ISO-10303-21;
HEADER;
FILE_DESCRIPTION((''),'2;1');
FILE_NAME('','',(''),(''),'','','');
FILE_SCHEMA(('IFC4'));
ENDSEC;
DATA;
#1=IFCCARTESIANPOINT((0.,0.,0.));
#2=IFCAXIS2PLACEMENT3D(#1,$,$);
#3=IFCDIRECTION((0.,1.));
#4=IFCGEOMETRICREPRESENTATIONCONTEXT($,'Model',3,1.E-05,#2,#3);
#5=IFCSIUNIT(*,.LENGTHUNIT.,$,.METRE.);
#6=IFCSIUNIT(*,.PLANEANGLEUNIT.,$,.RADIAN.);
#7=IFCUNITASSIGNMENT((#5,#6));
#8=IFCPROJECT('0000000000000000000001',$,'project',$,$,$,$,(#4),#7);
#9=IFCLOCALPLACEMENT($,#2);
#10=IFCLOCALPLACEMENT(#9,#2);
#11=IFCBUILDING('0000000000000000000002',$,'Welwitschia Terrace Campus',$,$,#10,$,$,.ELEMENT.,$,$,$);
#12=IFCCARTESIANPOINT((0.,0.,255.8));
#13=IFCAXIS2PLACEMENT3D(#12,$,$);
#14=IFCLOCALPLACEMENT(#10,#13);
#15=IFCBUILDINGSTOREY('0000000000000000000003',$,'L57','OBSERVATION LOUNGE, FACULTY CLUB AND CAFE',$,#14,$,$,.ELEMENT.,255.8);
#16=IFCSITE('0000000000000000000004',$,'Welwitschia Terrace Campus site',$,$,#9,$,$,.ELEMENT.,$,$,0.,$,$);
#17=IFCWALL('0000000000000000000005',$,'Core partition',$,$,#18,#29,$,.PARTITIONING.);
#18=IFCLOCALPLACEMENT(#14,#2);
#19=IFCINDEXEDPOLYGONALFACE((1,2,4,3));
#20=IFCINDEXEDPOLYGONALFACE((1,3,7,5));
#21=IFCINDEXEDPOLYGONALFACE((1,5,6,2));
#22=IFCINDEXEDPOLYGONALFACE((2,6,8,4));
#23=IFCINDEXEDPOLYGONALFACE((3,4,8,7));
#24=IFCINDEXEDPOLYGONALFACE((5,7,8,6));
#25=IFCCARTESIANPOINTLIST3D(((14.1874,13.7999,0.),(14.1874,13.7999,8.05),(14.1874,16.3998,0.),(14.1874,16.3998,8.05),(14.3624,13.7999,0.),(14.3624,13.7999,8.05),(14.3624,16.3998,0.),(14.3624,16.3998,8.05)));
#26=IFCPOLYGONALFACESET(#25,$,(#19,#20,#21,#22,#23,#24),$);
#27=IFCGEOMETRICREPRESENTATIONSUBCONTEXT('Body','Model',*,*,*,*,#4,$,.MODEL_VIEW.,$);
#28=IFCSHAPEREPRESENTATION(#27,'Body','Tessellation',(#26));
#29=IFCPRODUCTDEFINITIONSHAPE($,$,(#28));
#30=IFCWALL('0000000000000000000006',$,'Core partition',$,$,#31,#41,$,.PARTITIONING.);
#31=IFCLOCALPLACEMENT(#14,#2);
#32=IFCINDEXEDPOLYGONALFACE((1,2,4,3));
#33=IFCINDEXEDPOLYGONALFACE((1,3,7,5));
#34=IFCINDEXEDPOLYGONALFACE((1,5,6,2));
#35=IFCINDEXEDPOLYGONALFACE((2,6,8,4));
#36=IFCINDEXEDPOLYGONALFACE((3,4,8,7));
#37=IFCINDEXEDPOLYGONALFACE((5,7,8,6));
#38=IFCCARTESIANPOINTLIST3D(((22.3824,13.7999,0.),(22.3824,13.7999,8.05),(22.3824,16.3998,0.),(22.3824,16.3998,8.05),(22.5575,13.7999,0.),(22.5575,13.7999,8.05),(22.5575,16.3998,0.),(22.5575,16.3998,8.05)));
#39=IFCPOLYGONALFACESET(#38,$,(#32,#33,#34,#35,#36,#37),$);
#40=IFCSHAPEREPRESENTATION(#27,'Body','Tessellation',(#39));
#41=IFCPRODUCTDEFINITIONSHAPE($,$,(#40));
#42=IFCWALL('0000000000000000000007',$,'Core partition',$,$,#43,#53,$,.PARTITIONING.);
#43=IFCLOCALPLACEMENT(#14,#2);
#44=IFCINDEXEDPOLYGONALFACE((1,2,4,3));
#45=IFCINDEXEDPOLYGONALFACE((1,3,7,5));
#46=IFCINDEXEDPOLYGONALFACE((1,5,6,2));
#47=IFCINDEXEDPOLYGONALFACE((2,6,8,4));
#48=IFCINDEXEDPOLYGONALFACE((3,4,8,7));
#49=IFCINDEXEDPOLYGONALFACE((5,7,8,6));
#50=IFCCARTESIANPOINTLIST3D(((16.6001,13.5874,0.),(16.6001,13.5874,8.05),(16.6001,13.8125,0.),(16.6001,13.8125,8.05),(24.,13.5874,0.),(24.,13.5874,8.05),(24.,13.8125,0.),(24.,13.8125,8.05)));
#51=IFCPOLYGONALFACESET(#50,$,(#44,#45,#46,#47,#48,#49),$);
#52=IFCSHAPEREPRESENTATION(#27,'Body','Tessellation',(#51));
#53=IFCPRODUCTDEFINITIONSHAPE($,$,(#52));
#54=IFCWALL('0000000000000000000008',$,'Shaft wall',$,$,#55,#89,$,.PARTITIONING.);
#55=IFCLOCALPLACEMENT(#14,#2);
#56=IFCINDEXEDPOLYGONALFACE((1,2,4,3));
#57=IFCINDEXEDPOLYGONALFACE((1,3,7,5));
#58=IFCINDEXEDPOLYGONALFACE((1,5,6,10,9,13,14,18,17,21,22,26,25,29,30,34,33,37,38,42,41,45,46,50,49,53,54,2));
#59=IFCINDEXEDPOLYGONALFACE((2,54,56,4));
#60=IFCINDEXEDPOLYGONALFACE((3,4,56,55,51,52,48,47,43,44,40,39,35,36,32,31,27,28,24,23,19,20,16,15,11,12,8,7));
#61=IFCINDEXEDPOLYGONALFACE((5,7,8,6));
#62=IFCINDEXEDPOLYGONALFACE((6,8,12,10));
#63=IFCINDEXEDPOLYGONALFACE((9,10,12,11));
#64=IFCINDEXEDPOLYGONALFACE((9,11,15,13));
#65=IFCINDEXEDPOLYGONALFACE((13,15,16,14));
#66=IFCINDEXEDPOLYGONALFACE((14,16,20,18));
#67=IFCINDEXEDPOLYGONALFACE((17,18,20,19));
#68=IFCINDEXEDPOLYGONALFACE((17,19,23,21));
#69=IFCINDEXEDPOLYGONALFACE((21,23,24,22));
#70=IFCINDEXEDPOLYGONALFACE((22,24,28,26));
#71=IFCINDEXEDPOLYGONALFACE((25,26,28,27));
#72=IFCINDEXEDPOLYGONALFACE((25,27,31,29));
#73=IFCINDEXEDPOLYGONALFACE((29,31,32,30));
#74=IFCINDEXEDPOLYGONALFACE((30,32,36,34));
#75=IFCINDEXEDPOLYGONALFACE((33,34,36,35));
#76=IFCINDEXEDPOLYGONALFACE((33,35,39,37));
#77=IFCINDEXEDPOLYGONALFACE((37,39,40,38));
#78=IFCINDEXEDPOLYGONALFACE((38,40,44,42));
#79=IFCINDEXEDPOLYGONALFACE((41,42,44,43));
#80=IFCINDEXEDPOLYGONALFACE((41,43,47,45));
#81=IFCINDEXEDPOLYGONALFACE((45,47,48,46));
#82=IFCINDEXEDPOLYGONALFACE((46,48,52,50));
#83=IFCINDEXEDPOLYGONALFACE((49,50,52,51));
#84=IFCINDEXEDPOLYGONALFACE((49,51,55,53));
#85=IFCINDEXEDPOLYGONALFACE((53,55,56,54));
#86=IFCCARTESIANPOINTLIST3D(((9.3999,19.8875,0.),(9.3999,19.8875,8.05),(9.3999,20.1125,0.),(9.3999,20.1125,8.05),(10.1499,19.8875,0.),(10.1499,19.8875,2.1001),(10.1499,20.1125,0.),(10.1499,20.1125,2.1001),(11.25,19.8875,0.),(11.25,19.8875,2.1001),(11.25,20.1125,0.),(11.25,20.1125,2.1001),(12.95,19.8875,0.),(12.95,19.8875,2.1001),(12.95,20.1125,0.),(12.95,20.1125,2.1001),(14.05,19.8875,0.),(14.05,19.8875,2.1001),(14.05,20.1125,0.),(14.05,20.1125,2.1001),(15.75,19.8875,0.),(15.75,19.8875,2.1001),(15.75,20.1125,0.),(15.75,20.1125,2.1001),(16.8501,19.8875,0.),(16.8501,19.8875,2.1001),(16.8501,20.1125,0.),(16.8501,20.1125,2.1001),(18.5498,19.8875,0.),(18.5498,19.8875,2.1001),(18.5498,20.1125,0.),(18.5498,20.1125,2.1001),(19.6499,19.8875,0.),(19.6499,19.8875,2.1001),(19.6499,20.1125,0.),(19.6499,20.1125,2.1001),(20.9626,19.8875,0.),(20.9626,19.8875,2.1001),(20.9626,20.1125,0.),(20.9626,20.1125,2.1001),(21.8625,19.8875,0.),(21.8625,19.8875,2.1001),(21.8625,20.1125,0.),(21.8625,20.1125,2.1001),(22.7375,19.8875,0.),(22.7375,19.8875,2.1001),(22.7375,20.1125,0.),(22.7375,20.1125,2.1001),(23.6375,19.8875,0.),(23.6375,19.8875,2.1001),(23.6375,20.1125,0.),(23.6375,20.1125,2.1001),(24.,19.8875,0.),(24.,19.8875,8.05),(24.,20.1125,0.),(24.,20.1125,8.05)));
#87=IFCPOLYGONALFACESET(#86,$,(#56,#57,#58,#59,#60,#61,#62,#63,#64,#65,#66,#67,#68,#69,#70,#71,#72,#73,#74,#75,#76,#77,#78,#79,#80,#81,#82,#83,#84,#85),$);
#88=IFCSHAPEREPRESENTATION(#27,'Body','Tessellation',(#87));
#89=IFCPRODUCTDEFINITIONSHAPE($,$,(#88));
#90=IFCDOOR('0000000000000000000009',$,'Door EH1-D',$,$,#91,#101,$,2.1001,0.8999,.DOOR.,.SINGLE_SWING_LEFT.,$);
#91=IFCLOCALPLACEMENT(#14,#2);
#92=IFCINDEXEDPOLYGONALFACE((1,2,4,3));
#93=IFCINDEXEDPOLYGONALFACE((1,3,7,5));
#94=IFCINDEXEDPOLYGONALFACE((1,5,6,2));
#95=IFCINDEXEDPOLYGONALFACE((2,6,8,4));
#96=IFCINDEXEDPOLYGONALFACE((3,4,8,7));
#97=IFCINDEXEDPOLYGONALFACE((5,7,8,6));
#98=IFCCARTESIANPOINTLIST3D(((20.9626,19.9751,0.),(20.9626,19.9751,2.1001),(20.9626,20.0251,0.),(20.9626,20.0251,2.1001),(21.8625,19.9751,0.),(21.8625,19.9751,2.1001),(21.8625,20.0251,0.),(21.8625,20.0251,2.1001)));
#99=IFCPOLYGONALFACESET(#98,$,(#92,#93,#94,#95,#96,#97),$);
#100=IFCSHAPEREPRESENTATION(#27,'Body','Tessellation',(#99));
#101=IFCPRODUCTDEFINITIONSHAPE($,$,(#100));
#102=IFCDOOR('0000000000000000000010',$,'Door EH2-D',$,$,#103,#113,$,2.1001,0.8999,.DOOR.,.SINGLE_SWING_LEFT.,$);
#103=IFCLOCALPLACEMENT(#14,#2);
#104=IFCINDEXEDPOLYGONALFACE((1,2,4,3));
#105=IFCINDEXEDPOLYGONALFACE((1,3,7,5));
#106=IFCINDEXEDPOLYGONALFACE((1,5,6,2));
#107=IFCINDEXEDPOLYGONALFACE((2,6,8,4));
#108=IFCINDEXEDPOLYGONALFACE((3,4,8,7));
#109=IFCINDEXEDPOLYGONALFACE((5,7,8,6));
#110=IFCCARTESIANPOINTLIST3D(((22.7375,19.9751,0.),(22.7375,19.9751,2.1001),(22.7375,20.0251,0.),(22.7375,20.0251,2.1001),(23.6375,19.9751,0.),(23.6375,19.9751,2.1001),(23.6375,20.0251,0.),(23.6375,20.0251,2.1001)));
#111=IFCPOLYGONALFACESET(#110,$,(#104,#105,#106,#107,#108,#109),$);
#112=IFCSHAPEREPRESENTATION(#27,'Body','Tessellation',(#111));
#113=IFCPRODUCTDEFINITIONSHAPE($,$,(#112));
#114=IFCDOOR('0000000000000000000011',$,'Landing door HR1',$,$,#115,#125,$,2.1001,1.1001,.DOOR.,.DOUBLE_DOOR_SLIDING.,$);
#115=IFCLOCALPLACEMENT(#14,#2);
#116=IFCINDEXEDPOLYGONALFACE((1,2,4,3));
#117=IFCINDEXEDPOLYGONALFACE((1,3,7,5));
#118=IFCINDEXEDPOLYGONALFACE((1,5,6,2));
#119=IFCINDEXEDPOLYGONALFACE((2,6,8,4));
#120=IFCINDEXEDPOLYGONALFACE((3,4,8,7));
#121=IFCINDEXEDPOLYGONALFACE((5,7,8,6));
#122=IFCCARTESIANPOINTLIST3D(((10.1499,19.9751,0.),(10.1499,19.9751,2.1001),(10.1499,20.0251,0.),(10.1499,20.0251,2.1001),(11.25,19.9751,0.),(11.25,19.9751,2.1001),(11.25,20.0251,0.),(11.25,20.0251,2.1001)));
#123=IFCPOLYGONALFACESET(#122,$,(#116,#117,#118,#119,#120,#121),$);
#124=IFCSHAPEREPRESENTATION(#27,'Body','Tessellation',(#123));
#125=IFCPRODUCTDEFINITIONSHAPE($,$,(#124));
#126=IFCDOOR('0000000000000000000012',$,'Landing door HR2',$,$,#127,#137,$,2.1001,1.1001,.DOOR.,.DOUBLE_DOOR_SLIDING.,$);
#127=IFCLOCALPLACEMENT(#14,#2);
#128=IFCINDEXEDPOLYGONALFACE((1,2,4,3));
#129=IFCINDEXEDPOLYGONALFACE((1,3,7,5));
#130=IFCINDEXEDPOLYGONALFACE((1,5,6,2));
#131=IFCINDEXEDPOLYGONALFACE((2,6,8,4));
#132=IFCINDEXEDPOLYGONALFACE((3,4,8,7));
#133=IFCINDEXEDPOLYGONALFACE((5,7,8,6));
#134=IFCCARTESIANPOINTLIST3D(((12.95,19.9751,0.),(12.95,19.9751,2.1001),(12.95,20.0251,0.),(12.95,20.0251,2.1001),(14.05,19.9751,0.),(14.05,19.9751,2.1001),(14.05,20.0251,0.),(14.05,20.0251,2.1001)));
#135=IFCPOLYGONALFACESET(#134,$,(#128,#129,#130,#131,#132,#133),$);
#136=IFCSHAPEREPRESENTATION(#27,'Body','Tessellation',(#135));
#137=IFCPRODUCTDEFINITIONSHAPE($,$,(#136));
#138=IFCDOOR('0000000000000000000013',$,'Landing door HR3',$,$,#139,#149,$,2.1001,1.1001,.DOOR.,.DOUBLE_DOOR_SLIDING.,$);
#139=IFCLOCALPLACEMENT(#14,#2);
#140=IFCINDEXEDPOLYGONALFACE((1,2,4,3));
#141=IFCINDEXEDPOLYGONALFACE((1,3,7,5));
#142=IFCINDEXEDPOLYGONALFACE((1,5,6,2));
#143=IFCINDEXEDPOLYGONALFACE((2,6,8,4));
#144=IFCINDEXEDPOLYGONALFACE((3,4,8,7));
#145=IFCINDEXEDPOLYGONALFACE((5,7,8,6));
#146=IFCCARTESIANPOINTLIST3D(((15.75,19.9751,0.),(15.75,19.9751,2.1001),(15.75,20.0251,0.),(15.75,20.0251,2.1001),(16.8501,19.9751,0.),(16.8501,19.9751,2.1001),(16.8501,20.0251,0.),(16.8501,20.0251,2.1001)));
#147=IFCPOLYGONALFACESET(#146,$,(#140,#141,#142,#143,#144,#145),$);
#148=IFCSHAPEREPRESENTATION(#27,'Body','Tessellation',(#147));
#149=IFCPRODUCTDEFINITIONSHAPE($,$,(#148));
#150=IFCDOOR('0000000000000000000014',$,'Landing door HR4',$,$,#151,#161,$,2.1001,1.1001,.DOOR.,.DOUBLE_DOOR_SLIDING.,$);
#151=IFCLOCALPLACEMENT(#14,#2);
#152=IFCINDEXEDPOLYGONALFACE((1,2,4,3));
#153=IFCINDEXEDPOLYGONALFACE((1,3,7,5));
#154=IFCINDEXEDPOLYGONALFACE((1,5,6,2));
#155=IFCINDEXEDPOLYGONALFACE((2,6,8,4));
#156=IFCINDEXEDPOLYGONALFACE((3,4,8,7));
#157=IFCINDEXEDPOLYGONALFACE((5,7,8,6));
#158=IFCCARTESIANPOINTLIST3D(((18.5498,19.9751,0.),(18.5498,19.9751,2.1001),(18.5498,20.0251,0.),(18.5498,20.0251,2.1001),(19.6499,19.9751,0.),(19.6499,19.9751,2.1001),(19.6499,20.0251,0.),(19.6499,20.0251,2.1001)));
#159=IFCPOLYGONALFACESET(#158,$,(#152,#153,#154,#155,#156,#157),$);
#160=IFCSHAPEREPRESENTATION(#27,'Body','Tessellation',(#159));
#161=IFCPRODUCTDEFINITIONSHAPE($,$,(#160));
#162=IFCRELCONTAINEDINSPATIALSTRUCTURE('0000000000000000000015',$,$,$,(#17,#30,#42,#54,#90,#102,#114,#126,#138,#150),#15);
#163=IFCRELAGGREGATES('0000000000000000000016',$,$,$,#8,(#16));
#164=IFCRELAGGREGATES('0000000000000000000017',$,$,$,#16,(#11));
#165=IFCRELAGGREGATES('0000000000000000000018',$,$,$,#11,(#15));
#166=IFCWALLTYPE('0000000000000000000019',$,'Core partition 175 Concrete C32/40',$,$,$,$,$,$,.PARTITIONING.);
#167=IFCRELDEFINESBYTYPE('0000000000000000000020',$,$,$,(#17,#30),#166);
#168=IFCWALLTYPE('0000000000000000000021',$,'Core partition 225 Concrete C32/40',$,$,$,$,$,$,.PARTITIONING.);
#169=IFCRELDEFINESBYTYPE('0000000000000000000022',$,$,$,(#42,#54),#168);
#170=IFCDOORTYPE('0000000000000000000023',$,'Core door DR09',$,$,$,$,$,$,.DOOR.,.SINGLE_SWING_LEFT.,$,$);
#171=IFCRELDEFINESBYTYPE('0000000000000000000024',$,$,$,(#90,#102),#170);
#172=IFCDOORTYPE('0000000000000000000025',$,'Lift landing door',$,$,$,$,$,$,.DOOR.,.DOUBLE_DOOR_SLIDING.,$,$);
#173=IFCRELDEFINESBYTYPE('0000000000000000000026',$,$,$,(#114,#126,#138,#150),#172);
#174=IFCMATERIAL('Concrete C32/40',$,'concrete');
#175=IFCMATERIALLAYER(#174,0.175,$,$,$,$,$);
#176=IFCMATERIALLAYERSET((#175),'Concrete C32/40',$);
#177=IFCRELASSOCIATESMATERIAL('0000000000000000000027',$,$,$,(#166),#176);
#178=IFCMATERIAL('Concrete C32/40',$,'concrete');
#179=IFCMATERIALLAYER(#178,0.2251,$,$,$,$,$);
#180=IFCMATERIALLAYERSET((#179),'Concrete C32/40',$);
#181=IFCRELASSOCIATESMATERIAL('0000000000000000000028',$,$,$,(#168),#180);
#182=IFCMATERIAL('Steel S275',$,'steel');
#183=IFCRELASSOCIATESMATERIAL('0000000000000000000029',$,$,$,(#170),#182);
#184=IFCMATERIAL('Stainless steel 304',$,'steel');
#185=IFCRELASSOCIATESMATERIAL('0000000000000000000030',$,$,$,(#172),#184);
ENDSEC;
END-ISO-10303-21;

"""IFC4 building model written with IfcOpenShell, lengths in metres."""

from ifc_helpers import new_model, si_unit, direction, frame, frame_2d, origin, place, context, subcontext, project, spatial, rectangle, extrude, material, layer, layer_set, type_object, element, fill, save


model = new_model("IFC4")

# Units and contexts
model_context = context("Model", 3, precision=1e-05, world=origin(), true_north=direction((0.0, 1.0)))
body_context = subcontext(model_context, "Body", "Model", "MODEL_VIEW")
ifc_project = project(units=[si_unit("LENGTHUNIT", "METRE"), si_unit("PLANEANGLEUNIT", "RADIAN")], contexts=[model_context])

# Site, building, storey
site_placement = place(None, origin())
site = spatial("IfcSite", under=ifc_project, at=site_placement, Name="Welwitschia Terrace Campus site", CompositionType="ELEMENT", RefElevation=0.0)
building_placement = place(site_placement, origin())
building = spatial("IfcBuilding", under=site, at=building_placement, Name="Welwitschia Terrace Campus", CompositionType="ELEMENT")
storey_placement = place(building_placement, frame((0.0, 0.0, 255.8)))
storey = spatial("IfcBuildingStorey", under=building, at=storey_placement, Name="L57", Description="OBSERVATION LOUNGE, FACULTY CLUB AND CAFE", CompositionType="ELEMENT", Elevation=255.8)

# Walls
ifc_material_1 = material(Name="Concrete C32/40", Category="concrete")
ifc_layer_1 = layer(ifc_material_1, 0.175)
ifc_layer_set_1 = layer_set([ifc_layer_1], Name="Concrete C32/40")
wall_type_1 = type_object("IfcWallType", Name="Core partition 175 Concrete C32/40", PredefinedType="PARTITIONING", material=ifc_layer_set_1)
for number, where, z_axis, x_axis, name in (
    (1, (14.2749, 13.8, 0.0), (0.0, 0.0, 1.0), (0.0, 1.0, 0.0), "Core partition"),
    (2, (22.47, 13.8, 0.0), (0.0, 0.0, 1.0), (0.0, 1.0, 0.0), "Core partition"),
):
    element("IfcWall", number, at=place(storey_placement, frame(where, z_axis=z_axis, x_axis=x_axis)), inside=storey, type_object=wall_type_1, Name=name, PredefinedType="PARTITIONING", context=body_context, shape_type="SweptSolid", body=[
        extrude(rectangle(XDim=2.5999, YDim=0.175, at=frame_2d((1.2998, 0.0))), origin(), (0.0, 0.0, 1.0), 8.05),
    ])
ifc_material_2 = material(Name="Concrete C32/40", Category="concrete")
ifc_layer_2 = layer(ifc_material_2, 0.2251)
ifc_layer_set_2 = layer_set([ifc_layer_2], Name="Concrete C32/40")
wall_type_2 = type_object("IfcWallType", Name="Core partition 225 Concrete C32/40", PredefinedType="PARTITIONING", material=ifc_layer_set_2)
wall_1_placement = place(storey_placement, frame((16.6001, 13.7, 0.0), z_axis=(0.0, 0.0, 1.0), x_axis=(1.0, 0.0, 0.0)))
element("IfcWall", 3, at=wall_1_placement, inside=storey, type_object=wall_type_2, Name="Core partition", PredefinedType="PARTITIONING", context=body_context, shape_type="SweptSolid", body=[
    extrude(rectangle(XDim=7.3999, YDim=0.2251, at=frame_2d((3.7, 0.0))), origin(), (0.0, 0.0, 1.0), 8.05),
])

# Wall, openings, doors
wall_2_placement = place(storey_placement, frame((24.0, 20.0, 0.0), z_axis=(0.0, 0.0, 1.0), x_axis=(-1.0, 0.0, 0.0)))
wall_2 = element("IfcWall", 4, at=wall_2_placement, inside=storey, type_object=wall_type_2, Name="Shaft wall", PredefinedType="PARTITIONING", context=body_context, shape_type="SweptSolid", body=[
    extrude(rectangle(XDim=14.6001, YDim=0.2251, at=frame_2d((7.3, 0.0))), origin(), (0.0, 0.0, 1.0), 8.05),
])
opening_1_placement = place(wall_2_placement, frame((12.75, 0.0, 0.0)))
opening_1 = element("IfcOpeningElement", 5, at=opening_1_placement, cuts=wall_2, PredefinedType="OPENING", context=body_context, shape_type="SweptSolid", body=[
    extrude(rectangle(XDim=1.1001, YDim=2.1001, at=frame_2d((0.55, 1.05))), frame((0.0, 0.1226, 0.0), z_axis=(0.0, -1.0, 0.0), x_axis=(1.0, 0.0, 0.0)), (0.0, 0.0, 1.0), 0.2451),
])
opening_2_placement = place(wall_2_placement, frame((9.95, 0.0, 0.0)))
opening_2 = element("IfcOpeningElement", 6, at=opening_2_placement, cuts=wall_2, PredefinedType="OPENING", context=body_context, shape_type="SweptSolid", body=[
    extrude(rectangle(XDim=1.1001, YDim=2.1001, at=frame_2d((0.55, 1.05))), frame((0.0, 0.1226, 0.0), z_axis=(0.0, -1.0, 0.0), x_axis=(1.0, 0.0, 0.0)), (0.0, 0.0, 1.0), 0.2451),
])
opening_3_placement = place(wall_2_placement, frame((7.1499, 0.0, 0.0)))
opening_3 = element("IfcOpeningElement", 7, at=opening_3_placement, cuts=wall_2, PredefinedType="OPENING", context=body_context, shape_type="SweptSolid", body=[
    extrude(rectangle(XDim=1.1001, YDim=2.1001, at=frame_2d((0.55, 1.05))), frame((0.0, 0.1226, 0.0), z_axis=(0.0, -1.0, 0.0), x_axis=(1.0, 0.0, 0.0)), (0.0, 0.0, 1.0), 0.2451),
])
opening_4_placement = place(wall_2_placement, frame((4.3501, 0.0, 0.0)))
opening_4 = element("IfcOpeningElement", 8, at=opening_4_placement, cuts=wall_2, PredefinedType="OPENING", context=body_context, shape_type="SweptSolid", body=[
    extrude(rectangle(XDim=1.1001, YDim=2.1001, at=frame_2d((0.55, 1.05))), frame((0.0, 0.1226, 0.0), z_axis=(0.0, -1.0, 0.0), x_axis=(1.0, 0.0, 0.0)), (0.0, 0.0, 1.0), 0.2451),
])
opening_5_placement = place(wall_2_placement, frame((2.1375, 0.0, 0.0)))
opening_5 = element("IfcOpeningElement", 9, at=opening_5_placement, cuts=wall_2, PredefinedType="OPENING", context=body_context, shape_type="SweptSolid", body=[
    extrude(rectangle(XDim=0.8999, YDim=2.1001, at=frame_2d((0.45, 1.05))), frame((0.0, 0.1226, 0.0), z_axis=(0.0, -1.0, 0.0), x_axis=(1.0, 0.0, 0.0)), (0.0, 0.0, 1.0), 0.2451),
])
opening_6_placement = place(wall_2_placement, frame((0.3625, 0.0, 0.0)))
opening_6 = element("IfcOpeningElement", 10, at=opening_6_placement, cuts=wall_2, PredefinedType="OPENING", context=body_context, shape_type="SweptSolid", body=[
    extrude(rectangle(XDim=0.8999, YDim=2.1001, at=frame_2d((0.45, 1.05))), frame((0.0, 0.1226, 0.0), z_axis=(0.0, -1.0, 0.0), x_axis=(1.0, 0.0, 0.0)), (0.0, 0.0, 1.0), 0.2451),
])
ifc_material_3 = material(Name="Steel S275", Category="steel")
door_type_1 = type_object("IfcDoorType", Name="Core door DR09", OperationType="SINGLE_SWING_LEFT", PredefinedType="DOOR", material=ifc_material_3)
door_1_placement = place(opening_5_placement, origin())
door_1 = element("IfcDoor", 11, at=door_1_placement, inside=storey, type_object=door_type_1, Name="Door EH1-D", OperationType="SINGLE_SWING_LEFT", OverallHeight=2.1001, OverallWidth=0.8999, PredefinedType="DOOR", context=body_context, shape_type="SweptSolid", body=[
    extrude(rectangle(XDim=0.8999, YDim=2.1001, at=frame_2d((0.45, 1.05))), frame((0.0, 0.0249, 0.0), z_axis=(0.0, -1.0, 0.0), x_axis=(1.0, 0.0, 0.0)), (0.0, 0.0, 1.0), 0.05),
])
fill(opening_5, door_1)
door_2_placement = place(opening_6_placement, origin())
door_2 = element("IfcDoor", 12, at=door_2_placement, inside=storey, type_object=door_type_1, Name="Door EH2-D", OperationType="SINGLE_SWING_LEFT", OverallHeight=2.1001, OverallWidth=0.8999, PredefinedType="DOOR", context=body_context, shape_type="SweptSolid", body=[
    extrude(rectangle(XDim=0.8999, YDim=2.1001, at=frame_2d((0.45, 1.05))), frame((0.0, 0.0249, 0.0), z_axis=(0.0, -1.0, 0.0), x_axis=(1.0, 0.0, 0.0)), (0.0, 0.0, 1.0), 0.05),
])
fill(opening_6, door_2)
ifc_material_4 = material(Name="Stainless steel 304", Category="steel")
door_type_2 = type_object("IfcDoorType", Name="Lift landing door", OperationType="DOUBLE_DOOR_SLIDING", PredefinedType="DOOR", material=ifc_material_4)
door_3_placement = place(opening_1_placement, origin())
door_3 = element("IfcDoor", 13, at=door_3_placement, inside=storey, type_object=door_type_2, Name="Landing door HR1", OperationType="DOUBLE_DOOR_SLIDING", OverallHeight=2.1001, OverallWidth=1.1001, PredefinedType="DOOR", context=body_context, shape_type="SweptSolid", body=[
    extrude(rectangle(XDim=1.1001, YDim=2.1001, at=frame_2d((0.55, 1.05))), frame((0.0, 0.0249, 0.0), z_axis=(0.0, -1.0, 0.0), x_axis=(1.0, 0.0, 0.0)), (0.0, 0.0, 1.0), 0.05),
])
fill(opening_1, door_3)
door_4_placement = place(opening_2_placement, origin())
door_4 = element("IfcDoor", 14, at=door_4_placement, inside=storey, type_object=door_type_2, Name="Landing door HR2", OperationType="DOUBLE_DOOR_SLIDING", OverallHeight=2.1001, OverallWidth=1.1001, PredefinedType="DOOR", context=body_context, shape_type="SweptSolid", body=[
    extrude(rectangle(XDim=1.1001, YDim=2.1001, at=frame_2d((0.55, 1.05))), frame((0.0, 0.0249, 0.0), z_axis=(0.0, -1.0, 0.0), x_axis=(1.0, 0.0, 0.0)), (0.0, 0.0, 1.0), 0.05),
])
fill(opening_2, door_4)
door_5_placement = place(opening_3_placement, origin())
door_5 = element("IfcDoor", 15, at=door_5_placement, inside=storey, type_object=door_type_2, Name="Landing door HR3", OperationType="DOUBLE_DOOR_SLIDING", OverallHeight=2.1001, OverallWidth=1.1001, PredefinedType="DOOR", context=body_context, shape_type="SweptSolid", body=[
    extrude(rectangle(XDim=1.1001, YDim=2.1001, at=frame_2d((0.55, 1.05))), frame((0.0, 0.0249, 0.0), z_axis=(0.0, -1.0, 0.0), x_axis=(1.0, 0.0, 0.0)), (0.0, 0.0, 1.0), 0.05),
])
fill(opening_3, door_5)
door_6_placement = place(opening_4_placement, origin())
door_6 = element("IfcDoor", 16, at=door_6_placement, inside=storey, type_object=door_type_2, Name="Landing door HR4", OperationType="DOUBLE_DOOR_SLIDING", OverallHeight=2.1001, OverallWidth=1.1001, PredefinedType="DOOR", context=body_context, shape_type="SweptSolid", body=[
    extrude(rectangle(XDim=1.1001, YDim=2.1001, at=frame_2d((0.55, 1.05))), frame((0.0, 0.0249, 0.0), z_axis=(0.0, -1.0, 0.0), x_axis=(1.0, 0.0, 0.0)), (0.0, 0.0, 1.0), 0.05),
])
fill(opening_4, door_6)

save(model, "model.ifc")
